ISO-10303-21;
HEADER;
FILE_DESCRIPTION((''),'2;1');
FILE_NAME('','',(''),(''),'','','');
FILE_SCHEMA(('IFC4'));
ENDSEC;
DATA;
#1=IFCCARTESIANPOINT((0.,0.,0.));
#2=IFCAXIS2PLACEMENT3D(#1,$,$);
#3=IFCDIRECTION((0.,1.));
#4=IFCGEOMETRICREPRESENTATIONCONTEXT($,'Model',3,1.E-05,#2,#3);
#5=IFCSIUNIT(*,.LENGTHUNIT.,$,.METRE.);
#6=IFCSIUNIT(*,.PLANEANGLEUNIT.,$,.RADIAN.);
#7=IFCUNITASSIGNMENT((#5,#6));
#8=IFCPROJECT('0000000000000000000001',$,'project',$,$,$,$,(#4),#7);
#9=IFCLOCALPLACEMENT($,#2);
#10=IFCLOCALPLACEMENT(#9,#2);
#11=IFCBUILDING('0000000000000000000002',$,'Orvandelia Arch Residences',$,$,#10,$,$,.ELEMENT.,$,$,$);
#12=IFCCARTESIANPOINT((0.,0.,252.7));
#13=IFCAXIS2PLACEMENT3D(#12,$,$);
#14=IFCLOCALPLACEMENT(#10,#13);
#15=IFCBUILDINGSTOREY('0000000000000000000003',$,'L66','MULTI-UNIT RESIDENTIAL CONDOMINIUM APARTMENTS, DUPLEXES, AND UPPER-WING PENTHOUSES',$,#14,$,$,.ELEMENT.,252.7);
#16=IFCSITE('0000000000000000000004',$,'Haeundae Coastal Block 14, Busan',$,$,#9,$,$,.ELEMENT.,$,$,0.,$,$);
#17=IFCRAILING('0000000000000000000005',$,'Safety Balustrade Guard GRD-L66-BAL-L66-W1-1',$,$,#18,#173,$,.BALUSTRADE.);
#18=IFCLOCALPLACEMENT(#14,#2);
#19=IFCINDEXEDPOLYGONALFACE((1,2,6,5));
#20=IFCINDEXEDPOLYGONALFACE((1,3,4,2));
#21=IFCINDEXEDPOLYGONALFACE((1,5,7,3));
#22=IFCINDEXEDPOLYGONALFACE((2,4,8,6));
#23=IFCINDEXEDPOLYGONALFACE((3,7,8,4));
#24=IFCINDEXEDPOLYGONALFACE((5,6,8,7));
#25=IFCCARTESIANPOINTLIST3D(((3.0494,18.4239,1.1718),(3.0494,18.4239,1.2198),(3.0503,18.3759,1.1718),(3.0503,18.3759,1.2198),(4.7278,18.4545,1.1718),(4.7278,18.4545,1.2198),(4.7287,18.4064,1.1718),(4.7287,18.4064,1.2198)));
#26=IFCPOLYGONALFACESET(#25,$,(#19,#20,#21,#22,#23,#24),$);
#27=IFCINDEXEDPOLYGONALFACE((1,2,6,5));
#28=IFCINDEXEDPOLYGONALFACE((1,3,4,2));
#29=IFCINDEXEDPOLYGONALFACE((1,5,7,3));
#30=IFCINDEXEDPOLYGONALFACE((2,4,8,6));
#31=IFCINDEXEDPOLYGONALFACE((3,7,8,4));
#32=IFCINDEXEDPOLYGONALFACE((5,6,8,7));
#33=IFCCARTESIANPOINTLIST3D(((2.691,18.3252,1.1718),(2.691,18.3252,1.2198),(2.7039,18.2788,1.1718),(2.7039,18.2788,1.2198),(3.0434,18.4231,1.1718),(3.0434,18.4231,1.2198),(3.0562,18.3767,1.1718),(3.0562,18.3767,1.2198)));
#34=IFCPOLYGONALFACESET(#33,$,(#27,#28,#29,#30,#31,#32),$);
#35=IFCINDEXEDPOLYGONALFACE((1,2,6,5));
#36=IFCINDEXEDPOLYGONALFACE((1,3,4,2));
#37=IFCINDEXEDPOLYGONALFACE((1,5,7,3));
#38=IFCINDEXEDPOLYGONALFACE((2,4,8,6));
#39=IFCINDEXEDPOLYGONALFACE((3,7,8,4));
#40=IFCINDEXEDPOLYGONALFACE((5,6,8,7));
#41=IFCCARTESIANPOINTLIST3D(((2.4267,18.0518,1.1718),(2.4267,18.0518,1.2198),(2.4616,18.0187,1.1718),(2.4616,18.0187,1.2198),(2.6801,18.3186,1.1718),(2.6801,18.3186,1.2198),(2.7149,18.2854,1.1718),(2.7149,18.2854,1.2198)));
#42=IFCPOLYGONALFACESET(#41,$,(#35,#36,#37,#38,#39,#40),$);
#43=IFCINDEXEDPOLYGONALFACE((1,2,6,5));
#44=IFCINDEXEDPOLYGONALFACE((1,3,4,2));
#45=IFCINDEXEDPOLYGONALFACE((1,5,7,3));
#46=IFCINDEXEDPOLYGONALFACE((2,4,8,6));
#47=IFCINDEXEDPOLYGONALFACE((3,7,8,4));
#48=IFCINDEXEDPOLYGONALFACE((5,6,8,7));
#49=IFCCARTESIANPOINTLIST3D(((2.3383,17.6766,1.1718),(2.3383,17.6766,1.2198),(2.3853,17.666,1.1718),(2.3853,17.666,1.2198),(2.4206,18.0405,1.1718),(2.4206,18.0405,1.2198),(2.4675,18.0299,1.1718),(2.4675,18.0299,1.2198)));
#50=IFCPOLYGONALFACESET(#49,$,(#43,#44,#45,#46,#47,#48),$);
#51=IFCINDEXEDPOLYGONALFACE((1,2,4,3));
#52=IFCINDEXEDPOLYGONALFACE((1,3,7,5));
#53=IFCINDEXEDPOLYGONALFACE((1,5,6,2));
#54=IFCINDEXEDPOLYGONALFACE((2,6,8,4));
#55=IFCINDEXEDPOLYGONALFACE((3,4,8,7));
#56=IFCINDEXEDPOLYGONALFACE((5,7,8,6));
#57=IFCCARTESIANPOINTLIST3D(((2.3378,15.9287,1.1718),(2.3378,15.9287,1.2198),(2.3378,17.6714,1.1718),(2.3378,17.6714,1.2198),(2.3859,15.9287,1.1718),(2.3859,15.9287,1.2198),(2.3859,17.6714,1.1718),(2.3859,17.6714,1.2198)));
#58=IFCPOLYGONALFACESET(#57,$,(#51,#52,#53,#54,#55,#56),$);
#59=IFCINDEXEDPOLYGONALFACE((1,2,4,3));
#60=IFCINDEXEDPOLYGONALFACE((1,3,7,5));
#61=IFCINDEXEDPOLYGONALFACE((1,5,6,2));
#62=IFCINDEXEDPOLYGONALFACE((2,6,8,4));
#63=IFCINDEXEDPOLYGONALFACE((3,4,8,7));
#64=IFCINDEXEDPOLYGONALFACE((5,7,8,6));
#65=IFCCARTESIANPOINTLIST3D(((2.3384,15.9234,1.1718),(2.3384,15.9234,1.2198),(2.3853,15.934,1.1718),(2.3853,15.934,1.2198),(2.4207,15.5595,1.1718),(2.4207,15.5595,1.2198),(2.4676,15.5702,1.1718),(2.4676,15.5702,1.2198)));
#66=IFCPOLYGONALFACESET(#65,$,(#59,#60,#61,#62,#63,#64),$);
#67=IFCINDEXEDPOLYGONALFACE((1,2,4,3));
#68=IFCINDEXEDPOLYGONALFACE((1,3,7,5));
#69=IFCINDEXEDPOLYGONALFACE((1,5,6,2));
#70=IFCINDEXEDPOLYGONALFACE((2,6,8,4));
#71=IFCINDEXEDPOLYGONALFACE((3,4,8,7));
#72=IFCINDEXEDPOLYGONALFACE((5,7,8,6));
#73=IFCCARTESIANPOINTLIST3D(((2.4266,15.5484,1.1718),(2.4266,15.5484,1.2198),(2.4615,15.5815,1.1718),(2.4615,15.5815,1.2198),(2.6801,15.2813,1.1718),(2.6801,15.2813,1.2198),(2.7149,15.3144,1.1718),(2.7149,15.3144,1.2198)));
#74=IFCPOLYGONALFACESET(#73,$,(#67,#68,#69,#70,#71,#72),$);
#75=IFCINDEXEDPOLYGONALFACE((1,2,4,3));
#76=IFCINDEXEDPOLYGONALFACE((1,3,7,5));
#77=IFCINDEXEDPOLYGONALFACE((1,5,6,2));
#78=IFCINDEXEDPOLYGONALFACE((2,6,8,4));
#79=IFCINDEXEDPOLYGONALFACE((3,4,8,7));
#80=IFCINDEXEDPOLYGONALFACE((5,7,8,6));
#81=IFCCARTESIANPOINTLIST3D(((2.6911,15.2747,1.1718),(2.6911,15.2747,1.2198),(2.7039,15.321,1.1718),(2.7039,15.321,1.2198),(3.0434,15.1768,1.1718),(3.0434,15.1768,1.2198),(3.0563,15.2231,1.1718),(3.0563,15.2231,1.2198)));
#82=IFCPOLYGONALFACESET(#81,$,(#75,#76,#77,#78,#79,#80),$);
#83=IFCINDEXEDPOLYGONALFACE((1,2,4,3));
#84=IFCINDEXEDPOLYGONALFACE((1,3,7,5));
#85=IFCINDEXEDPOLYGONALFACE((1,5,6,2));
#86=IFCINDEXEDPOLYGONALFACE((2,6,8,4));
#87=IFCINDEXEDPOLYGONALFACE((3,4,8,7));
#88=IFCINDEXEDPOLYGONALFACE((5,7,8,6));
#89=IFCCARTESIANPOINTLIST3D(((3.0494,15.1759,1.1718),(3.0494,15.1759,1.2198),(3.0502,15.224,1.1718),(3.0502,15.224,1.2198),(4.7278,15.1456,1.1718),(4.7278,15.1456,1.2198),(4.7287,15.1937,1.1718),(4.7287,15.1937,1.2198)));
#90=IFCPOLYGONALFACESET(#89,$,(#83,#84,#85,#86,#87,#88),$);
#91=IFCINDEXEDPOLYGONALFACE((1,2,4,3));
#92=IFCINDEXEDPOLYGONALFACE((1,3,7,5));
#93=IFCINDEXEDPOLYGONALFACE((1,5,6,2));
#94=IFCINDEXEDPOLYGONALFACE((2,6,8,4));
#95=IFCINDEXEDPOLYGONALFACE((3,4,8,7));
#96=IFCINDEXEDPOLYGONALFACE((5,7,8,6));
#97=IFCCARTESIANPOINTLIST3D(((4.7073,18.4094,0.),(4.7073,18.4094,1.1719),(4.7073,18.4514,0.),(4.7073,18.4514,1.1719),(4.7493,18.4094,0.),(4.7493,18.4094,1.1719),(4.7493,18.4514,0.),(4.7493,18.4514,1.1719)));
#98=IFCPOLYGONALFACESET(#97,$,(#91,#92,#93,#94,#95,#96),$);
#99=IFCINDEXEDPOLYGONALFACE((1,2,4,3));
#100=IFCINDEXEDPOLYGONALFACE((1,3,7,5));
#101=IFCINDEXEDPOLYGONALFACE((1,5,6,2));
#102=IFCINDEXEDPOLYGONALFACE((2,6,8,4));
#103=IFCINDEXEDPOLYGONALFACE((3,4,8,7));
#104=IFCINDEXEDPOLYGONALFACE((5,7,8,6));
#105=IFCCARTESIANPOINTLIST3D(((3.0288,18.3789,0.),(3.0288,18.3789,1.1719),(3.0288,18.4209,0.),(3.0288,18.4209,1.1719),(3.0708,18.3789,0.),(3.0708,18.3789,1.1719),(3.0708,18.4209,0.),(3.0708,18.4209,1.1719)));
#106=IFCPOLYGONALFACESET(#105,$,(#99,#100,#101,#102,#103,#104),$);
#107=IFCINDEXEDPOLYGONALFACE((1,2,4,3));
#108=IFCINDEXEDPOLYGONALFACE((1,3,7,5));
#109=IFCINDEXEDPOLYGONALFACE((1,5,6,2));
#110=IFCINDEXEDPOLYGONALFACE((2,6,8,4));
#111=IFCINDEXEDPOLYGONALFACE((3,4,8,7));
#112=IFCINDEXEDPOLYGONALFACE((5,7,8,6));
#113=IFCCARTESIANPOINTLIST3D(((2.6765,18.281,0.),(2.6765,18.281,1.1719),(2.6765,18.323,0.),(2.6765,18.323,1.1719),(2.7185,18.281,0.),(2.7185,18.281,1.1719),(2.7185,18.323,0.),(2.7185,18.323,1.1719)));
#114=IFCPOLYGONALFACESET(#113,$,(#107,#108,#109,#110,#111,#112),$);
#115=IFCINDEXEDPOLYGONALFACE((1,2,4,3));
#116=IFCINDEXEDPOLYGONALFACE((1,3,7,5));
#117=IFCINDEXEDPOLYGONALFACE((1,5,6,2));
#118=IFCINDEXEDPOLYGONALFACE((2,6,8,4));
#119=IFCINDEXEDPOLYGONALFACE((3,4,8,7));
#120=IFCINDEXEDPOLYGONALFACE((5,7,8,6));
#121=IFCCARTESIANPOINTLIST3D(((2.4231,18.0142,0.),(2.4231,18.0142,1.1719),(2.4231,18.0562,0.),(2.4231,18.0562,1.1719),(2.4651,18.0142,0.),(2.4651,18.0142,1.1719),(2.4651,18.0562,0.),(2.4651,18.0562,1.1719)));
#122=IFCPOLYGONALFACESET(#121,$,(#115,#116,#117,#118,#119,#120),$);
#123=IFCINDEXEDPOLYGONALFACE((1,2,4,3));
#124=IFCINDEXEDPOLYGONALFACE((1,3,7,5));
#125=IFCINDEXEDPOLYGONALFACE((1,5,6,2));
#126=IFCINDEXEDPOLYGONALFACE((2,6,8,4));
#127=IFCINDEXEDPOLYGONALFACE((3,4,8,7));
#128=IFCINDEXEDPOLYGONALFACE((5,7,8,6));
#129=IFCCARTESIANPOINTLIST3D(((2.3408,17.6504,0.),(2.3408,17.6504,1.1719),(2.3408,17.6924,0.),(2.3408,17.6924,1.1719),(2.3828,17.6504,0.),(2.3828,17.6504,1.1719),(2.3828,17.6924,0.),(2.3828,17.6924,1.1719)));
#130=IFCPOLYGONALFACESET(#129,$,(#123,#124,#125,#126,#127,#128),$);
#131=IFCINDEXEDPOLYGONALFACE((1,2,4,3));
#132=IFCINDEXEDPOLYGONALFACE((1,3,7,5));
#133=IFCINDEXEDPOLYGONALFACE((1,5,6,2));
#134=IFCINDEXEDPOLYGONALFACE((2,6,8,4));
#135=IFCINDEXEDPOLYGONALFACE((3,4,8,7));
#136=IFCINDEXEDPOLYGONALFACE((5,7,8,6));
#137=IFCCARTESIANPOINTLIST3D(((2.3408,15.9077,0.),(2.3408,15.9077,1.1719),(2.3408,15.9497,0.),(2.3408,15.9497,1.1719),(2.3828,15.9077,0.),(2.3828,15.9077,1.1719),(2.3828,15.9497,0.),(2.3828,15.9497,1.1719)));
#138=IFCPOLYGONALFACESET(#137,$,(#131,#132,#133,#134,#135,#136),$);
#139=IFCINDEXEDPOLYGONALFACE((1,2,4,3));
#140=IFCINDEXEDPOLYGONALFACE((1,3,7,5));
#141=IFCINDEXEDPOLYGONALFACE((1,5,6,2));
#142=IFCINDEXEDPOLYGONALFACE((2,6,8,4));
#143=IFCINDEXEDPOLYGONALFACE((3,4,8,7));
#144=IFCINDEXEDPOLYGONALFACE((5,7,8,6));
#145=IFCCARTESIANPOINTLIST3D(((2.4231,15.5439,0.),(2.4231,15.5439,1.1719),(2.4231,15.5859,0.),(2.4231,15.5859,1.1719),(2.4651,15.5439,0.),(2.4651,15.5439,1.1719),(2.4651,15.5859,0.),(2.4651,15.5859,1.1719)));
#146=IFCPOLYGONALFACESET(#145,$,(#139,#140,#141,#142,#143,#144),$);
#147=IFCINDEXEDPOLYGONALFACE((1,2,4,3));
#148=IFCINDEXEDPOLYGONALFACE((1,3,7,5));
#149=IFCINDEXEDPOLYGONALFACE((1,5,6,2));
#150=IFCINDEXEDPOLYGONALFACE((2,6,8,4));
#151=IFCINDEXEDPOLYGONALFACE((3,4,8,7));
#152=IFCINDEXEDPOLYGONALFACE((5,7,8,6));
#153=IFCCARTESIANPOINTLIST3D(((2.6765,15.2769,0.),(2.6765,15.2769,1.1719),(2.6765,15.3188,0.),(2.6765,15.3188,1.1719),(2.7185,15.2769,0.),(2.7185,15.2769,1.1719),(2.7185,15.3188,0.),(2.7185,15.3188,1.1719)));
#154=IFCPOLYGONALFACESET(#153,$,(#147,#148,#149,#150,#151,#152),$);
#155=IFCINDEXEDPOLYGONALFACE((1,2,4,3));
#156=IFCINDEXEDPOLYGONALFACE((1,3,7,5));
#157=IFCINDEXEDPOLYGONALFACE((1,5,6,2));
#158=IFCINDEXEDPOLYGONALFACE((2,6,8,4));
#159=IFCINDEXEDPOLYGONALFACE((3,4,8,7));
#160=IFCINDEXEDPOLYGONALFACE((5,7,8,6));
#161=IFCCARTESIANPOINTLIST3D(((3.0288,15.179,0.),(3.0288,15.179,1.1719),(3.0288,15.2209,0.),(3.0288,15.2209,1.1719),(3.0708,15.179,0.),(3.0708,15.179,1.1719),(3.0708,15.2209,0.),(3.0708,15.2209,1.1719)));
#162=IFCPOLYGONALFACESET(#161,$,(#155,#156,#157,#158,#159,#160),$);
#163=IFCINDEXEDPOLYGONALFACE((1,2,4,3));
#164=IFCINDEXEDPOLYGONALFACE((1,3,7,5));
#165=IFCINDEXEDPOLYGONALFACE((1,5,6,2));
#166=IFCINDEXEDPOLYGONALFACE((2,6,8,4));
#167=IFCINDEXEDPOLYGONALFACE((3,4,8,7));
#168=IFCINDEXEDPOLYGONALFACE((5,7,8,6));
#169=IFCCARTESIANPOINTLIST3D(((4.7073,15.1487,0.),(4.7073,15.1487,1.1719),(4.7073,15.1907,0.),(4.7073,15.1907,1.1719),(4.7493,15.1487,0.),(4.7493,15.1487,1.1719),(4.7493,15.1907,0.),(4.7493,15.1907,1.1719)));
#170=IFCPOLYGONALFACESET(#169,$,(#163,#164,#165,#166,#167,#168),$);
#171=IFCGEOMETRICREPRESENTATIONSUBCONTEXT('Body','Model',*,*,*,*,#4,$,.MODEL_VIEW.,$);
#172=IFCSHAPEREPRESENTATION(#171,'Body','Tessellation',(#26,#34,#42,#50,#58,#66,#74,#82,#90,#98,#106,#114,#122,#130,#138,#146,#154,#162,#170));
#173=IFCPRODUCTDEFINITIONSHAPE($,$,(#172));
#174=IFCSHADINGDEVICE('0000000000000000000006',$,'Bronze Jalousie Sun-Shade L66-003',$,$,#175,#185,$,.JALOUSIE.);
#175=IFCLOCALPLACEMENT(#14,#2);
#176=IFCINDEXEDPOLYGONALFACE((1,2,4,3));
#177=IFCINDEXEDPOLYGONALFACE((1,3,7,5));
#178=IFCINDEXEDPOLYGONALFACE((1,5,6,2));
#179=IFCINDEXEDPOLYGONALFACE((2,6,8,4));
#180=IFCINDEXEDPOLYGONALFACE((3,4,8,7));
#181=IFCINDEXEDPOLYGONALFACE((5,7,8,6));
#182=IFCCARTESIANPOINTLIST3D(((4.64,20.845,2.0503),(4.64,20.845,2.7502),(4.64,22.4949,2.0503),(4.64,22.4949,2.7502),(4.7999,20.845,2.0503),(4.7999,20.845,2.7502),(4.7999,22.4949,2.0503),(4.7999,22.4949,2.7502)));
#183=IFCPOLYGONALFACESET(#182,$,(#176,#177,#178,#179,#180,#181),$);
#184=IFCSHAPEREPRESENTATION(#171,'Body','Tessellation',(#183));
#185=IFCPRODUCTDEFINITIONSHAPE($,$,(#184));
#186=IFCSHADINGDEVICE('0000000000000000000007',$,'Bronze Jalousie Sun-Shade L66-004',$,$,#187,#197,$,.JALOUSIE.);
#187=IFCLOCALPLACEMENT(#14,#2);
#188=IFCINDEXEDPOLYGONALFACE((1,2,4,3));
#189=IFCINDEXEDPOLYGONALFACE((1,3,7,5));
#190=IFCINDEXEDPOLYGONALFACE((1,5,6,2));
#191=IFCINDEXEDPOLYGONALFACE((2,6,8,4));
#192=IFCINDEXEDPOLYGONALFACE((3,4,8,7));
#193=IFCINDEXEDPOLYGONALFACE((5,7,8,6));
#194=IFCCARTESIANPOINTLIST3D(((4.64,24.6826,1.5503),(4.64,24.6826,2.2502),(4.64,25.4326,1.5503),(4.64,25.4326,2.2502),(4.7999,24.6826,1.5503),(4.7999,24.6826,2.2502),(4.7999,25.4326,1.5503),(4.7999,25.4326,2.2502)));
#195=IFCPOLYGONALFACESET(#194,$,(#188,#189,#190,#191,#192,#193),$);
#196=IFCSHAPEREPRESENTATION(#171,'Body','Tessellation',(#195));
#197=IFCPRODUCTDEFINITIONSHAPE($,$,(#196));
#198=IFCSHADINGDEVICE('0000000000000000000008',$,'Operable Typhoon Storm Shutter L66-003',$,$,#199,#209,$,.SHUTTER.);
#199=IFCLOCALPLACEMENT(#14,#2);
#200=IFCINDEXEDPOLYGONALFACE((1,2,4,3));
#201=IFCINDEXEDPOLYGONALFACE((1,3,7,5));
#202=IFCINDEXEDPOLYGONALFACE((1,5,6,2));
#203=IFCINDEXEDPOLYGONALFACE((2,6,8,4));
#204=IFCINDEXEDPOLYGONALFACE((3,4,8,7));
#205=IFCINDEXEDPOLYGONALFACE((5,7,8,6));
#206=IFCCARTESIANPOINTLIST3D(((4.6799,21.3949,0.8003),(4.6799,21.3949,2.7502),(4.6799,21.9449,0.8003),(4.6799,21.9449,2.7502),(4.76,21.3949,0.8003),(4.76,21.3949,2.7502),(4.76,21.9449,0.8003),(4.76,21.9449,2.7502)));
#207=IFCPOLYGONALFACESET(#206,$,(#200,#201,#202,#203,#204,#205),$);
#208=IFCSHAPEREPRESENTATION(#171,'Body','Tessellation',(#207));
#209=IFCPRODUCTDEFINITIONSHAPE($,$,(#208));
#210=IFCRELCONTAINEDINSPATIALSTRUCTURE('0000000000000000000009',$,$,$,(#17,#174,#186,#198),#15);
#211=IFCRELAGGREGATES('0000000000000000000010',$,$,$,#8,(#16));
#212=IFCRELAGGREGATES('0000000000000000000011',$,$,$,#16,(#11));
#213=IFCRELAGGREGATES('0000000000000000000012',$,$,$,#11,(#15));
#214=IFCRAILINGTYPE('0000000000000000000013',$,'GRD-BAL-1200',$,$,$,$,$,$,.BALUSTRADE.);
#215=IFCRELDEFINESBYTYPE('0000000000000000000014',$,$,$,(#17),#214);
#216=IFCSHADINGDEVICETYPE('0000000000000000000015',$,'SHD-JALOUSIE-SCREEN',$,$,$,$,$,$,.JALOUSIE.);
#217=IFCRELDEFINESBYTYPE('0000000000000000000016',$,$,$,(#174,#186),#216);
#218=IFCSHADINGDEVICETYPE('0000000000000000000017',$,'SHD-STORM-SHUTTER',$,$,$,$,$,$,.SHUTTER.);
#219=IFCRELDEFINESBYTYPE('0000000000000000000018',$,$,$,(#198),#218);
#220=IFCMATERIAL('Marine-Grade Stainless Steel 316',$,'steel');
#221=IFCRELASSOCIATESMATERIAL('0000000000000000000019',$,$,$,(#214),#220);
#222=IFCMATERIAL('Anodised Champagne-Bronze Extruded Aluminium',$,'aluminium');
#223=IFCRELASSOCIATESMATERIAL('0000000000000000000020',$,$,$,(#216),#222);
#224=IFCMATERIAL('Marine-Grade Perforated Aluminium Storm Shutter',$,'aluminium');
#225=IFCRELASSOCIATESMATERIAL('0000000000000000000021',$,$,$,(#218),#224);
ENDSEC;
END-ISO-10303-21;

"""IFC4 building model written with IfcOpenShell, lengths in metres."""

from ifc_helpers import new_model, si_unit, direction, frame, origin, origin_2d, place, context, subcontext, project, spatial, rectangle, extrude, material, type_object, element, save


model = new_model("IFC4")

# Units and contexts
model_context = context("Model", 3, precision=1e-05, world=origin(), true_north=direction((0.0, 1.0)))
body_context = subcontext(model_context, "Body", "Model", "MODEL_VIEW")
ifc_project = project(units=[si_unit("LENGTHUNIT", "METRE"), si_unit("PLANEANGLEUNIT", "RADIAN")], contexts=[model_context])

# Site, building, storey
site_placement = place(None, origin())
site = spatial("IfcSite", under=ifc_project, at=site_placement, Name="Haeundae Coastal Block 14, Busan", CompositionType="ELEMENT", RefElevation=0.0)
building_placement = place(site_placement, origin())
building = spatial("IfcBuilding", under=site, at=building_placement, Name="Orvandelia Arch Residences", CompositionType="ELEMENT")
storey_placement = place(building_placement, frame((0.0, 0.0, 252.7)))
storey = spatial("IfcBuildingStorey", under=building, at=storey_placement, Name="L66", Description="MULTI-UNIT RESIDENTIAL CONDOMINIUM APARTMENTS, DUPLEXES, AND UPPER-WING PENTHOUSES", CompositionType="ELEMENT", Elevation=252.7)

# Railing
ifc_material_1 = material(Name="Marine-Grade Stainless Steel 316", Category="steel")
railing_type = type_object("IfcRailingType", Name="GRD-BAL-1200", PredefinedType="BALUSTRADE", material=ifc_material_1)
railing_placement = place(storey_placement, frame((4.7283, 18.4304, 0.0)))
element("IfcRailing", 1, at=railing_placement, inside=storey, type_object=railing_type, Name="Safety Balustrade Guard GRD-L66-BAL-L66-W1-1", PredefinedType="BALUSTRADE", context=body_context, shape_type="SweptSolid", body=[
    extrude(rectangle(XDim=0.0481, YDim=0.0481, at=origin_2d()), frame((0.0, 0.0, 1.1958), z_axis=(-0.999835, -0.018179, 0.0), x_axis=(0.018179, -0.999835, 0.0)), (0.0, 0.0, 1.0), 1.6787),
    extrude(rectangle(XDim=0.0481, YDim=0.0481, at=origin_2d()), frame((-1.6785, -0.0305, 1.1958), z_axis=(-0.963489, -0.267747, 0.0), x_axis=(0.267747, -0.963489, 0.0)), (0.0, 0.0, 1.0), 0.3657),
    extrude(rectangle(XDim=0.0481, YDim=0.0481, at=origin_2d()), frame((-2.0308, -0.1284, 1.1958), z_axis=(-0.688627, -0.725115, 0.0), x_axis=(0.725115, -0.688627, 0.0)), (0.0, 0.0, 1.0), 0.3679),
    extrude(rectangle(XDim=0.0481, YDim=0.0481, at=origin_2d()), frame((-2.2842, -0.3953, 1.1958), z_axis=(-0.220602, -0.975364, 0.0), x_axis=(0.975364, -0.220602, 0.0)), (0.0, 0.0, 1.0), 0.373),
    extrude(rectangle(XDim=0.0481, YDim=0.0481, at=origin_2d()), frame((-2.3665, -0.759, 1.1958), z_axis=(0.0, -1.0, 0.0), x_axis=(1.0, 0.0, 0.0)), (0.0, 0.0, 1.0), 1.7427),
    extrude(rectangle(XDim=0.0481, YDim=0.0481, at=origin_2d()), frame((-2.3665, -2.5017, 1.1958), z_axis=(0.220602, -0.975364, 0.0), x_axis=(0.975364, 0.220602, 0.0)), (0.0, 0.0, 1.0), 0.373),
    extrude(rectangle(XDim=0.0481, YDim=0.0481, at=origin_2d()), frame((-2.2842, -2.8655, 1.1958), z_axis=(0.688296, -0.72543, 0.0), x_axis=(0.72543, 0.688296, 0.0)), (0.0, 0.0, 1.0), 0.3682),
    extrude(rectangle(XDim=0.0481, YDim=0.0481, at=origin_2d()), frame((-2.0308, -3.1326, 1.1958), z_axis=(0.963489, -0.267747, 0.0), x_axis=(0.267747, 0.963489, 0.0)), (0.0, 0.0, 1.0), 0.3657),
    extrude(rectangle(XDim=0.0481, YDim=0.0481, at=origin_2d()), frame((-1.6785, -3.2305, 1.1958), z_axis=(0.999837, -0.018033, 0.0), x_axis=(0.018033, 0.999837, 0.0)), (0.0, 0.0, 1.0), 1.6787),
    extrude(rectangle(XDim=0.042, YDim=0.042, at=origin_2d()), origin(), (0.0, 0.0, 1.0), 1.1719),
    extrude(rectangle(XDim=0.042, YDim=0.042, at=origin_2d()), frame((-1.6785, -0.0305, 0.0)), (0.0, 0.0, 1.0), 1.1719),
    extrude(rectangle(XDim=0.042, YDim=0.042, at=origin_2d()), frame((-2.0308, -0.1284, 0.0)), (0.0, 0.0, 1.0), 1.1719),
    extrude(rectangle(XDim=0.042, YDim=0.042, at=origin_2d()), frame((-2.2842, -0.3953, 0.0)), (0.0, 0.0, 1.0), 1.1719),
    extrude(rectangle(XDim=0.042, YDim=0.042, at=origin_2d()), frame((-2.3665, -0.759, 0.0)), (0.0, 0.0, 1.0), 1.1719),
    extrude(rectangle(XDim=0.042, YDim=0.042, at=origin_2d()), frame((-2.3665, -2.5017, 0.0)), (0.0, 0.0, 1.0), 1.1719),
    extrude(rectangle(XDim=0.042, YDim=0.042, at=origin_2d()), frame((-2.2842, -2.8655, 0.0)), (0.0, 0.0, 1.0), 1.1719),
    extrude(rectangle(XDim=0.042, YDim=0.042, at=origin_2d()), frame((-2.0308, -3.1326, 0.0)), (0.0, 0.0, 1.0), 1.1719),
    extrude(rectangle(XDim=0.042, YDim=0.042, at=origin_2d()), frame((-1.6785, -3.2305, 0.0)), (0.0, 0.0, 1.0), 1.1719),
    extrude(rectangle(XDim=0.042, YDim=0.042, at=origin_2d()), frame((0.0, -3.2607, 0.0)), (0.0, 0.0, 1.0), 1.1719),
])

# Shading devices
ifc_material_2 = material(Name="Anodised Champagne-Bronze Extruded Aluminium", Category="aluminium")
shading_device_type_1 = type_object("IfcShadingDeviceType", Name="SHD-JALOUSIE-SCREEN", PredefinedType="JALOUSIE", material=ifc_material_2)
shading_device_1_placement = place(storey_placement, frame((4.72, 21.6699, 2.0503), z_axis=(0.0, 0.0, 1.0), x_axis=(0.0, 1.0, 0.0)))
element("IfcShadingDevice", 2, at=shading_device_1_placement, inside=storey, type_object=shading_device_type_1, Name="Bronze Jalousie Sun-Shade L66-003", PredefinedType="JALOUSIE", context=body_context, shape_type="SweptSolid", body=[
    extrude(rectangle(XDim=1.6499, YDim=0.1599, at=origin_2d()), origin(), (0.0, 0.0, 1.0), 0.7),
])
shading_device_2_placement = place(storey_placement, frame((4.72, 25.0576, 1.5503), z_axis=(0.0, 0.0, 1.0), x_axis=(0.0, 1.0, 0.0)))
element("IfcShadingDevice", 3, at=shading_device_2_placement, inside=storey, type_object=shading_device_type_1, Name="Bronze Jalousie Sun-Shade L66-004", PredefinedType="JALOUSIE", context=body_context, shape_type="SweptSolid", body=[
    extrude(rectangle(XDim=0.75, YDim=0.1599, at=origin_2d()), origin(), (0.0, 0.0, 1.0), 0.7),
])
ifc_material_3 = material(Name="Marine-Grade Perforated Aluminium Storm Shutter", Category="aluminium")
shading_device_type_2 = type_object("IfcShadingDeviceType", Name="SHD-STORM-SHUTTER", PredefinedType="SHUTTER", material=ifc_material_3)
shading_device_3_placement = place(storey_placement, frame((4.72, 21.6699, 0.8003), z_axis=(0.0, 0.0, 1.0), x_axis=(0.0, 1.0, 0.0)))
element("IfcShadingDevice", 4, at=shading_device_3_placement, inside=storey, type_object=shading_device_type_2, Name="Operable Typhoon Storm Shutter L66-003", PredefinedType="SHUTTER", context=body_context, shape_type="SweptSolid", body=[
    extrude(rectangle(XDim=0.55, YDim=0.0801, at=origin_2d()), origin(), (0.0, 0.0, 1.0), 1.95),
])

save(model, "model.ifc")
